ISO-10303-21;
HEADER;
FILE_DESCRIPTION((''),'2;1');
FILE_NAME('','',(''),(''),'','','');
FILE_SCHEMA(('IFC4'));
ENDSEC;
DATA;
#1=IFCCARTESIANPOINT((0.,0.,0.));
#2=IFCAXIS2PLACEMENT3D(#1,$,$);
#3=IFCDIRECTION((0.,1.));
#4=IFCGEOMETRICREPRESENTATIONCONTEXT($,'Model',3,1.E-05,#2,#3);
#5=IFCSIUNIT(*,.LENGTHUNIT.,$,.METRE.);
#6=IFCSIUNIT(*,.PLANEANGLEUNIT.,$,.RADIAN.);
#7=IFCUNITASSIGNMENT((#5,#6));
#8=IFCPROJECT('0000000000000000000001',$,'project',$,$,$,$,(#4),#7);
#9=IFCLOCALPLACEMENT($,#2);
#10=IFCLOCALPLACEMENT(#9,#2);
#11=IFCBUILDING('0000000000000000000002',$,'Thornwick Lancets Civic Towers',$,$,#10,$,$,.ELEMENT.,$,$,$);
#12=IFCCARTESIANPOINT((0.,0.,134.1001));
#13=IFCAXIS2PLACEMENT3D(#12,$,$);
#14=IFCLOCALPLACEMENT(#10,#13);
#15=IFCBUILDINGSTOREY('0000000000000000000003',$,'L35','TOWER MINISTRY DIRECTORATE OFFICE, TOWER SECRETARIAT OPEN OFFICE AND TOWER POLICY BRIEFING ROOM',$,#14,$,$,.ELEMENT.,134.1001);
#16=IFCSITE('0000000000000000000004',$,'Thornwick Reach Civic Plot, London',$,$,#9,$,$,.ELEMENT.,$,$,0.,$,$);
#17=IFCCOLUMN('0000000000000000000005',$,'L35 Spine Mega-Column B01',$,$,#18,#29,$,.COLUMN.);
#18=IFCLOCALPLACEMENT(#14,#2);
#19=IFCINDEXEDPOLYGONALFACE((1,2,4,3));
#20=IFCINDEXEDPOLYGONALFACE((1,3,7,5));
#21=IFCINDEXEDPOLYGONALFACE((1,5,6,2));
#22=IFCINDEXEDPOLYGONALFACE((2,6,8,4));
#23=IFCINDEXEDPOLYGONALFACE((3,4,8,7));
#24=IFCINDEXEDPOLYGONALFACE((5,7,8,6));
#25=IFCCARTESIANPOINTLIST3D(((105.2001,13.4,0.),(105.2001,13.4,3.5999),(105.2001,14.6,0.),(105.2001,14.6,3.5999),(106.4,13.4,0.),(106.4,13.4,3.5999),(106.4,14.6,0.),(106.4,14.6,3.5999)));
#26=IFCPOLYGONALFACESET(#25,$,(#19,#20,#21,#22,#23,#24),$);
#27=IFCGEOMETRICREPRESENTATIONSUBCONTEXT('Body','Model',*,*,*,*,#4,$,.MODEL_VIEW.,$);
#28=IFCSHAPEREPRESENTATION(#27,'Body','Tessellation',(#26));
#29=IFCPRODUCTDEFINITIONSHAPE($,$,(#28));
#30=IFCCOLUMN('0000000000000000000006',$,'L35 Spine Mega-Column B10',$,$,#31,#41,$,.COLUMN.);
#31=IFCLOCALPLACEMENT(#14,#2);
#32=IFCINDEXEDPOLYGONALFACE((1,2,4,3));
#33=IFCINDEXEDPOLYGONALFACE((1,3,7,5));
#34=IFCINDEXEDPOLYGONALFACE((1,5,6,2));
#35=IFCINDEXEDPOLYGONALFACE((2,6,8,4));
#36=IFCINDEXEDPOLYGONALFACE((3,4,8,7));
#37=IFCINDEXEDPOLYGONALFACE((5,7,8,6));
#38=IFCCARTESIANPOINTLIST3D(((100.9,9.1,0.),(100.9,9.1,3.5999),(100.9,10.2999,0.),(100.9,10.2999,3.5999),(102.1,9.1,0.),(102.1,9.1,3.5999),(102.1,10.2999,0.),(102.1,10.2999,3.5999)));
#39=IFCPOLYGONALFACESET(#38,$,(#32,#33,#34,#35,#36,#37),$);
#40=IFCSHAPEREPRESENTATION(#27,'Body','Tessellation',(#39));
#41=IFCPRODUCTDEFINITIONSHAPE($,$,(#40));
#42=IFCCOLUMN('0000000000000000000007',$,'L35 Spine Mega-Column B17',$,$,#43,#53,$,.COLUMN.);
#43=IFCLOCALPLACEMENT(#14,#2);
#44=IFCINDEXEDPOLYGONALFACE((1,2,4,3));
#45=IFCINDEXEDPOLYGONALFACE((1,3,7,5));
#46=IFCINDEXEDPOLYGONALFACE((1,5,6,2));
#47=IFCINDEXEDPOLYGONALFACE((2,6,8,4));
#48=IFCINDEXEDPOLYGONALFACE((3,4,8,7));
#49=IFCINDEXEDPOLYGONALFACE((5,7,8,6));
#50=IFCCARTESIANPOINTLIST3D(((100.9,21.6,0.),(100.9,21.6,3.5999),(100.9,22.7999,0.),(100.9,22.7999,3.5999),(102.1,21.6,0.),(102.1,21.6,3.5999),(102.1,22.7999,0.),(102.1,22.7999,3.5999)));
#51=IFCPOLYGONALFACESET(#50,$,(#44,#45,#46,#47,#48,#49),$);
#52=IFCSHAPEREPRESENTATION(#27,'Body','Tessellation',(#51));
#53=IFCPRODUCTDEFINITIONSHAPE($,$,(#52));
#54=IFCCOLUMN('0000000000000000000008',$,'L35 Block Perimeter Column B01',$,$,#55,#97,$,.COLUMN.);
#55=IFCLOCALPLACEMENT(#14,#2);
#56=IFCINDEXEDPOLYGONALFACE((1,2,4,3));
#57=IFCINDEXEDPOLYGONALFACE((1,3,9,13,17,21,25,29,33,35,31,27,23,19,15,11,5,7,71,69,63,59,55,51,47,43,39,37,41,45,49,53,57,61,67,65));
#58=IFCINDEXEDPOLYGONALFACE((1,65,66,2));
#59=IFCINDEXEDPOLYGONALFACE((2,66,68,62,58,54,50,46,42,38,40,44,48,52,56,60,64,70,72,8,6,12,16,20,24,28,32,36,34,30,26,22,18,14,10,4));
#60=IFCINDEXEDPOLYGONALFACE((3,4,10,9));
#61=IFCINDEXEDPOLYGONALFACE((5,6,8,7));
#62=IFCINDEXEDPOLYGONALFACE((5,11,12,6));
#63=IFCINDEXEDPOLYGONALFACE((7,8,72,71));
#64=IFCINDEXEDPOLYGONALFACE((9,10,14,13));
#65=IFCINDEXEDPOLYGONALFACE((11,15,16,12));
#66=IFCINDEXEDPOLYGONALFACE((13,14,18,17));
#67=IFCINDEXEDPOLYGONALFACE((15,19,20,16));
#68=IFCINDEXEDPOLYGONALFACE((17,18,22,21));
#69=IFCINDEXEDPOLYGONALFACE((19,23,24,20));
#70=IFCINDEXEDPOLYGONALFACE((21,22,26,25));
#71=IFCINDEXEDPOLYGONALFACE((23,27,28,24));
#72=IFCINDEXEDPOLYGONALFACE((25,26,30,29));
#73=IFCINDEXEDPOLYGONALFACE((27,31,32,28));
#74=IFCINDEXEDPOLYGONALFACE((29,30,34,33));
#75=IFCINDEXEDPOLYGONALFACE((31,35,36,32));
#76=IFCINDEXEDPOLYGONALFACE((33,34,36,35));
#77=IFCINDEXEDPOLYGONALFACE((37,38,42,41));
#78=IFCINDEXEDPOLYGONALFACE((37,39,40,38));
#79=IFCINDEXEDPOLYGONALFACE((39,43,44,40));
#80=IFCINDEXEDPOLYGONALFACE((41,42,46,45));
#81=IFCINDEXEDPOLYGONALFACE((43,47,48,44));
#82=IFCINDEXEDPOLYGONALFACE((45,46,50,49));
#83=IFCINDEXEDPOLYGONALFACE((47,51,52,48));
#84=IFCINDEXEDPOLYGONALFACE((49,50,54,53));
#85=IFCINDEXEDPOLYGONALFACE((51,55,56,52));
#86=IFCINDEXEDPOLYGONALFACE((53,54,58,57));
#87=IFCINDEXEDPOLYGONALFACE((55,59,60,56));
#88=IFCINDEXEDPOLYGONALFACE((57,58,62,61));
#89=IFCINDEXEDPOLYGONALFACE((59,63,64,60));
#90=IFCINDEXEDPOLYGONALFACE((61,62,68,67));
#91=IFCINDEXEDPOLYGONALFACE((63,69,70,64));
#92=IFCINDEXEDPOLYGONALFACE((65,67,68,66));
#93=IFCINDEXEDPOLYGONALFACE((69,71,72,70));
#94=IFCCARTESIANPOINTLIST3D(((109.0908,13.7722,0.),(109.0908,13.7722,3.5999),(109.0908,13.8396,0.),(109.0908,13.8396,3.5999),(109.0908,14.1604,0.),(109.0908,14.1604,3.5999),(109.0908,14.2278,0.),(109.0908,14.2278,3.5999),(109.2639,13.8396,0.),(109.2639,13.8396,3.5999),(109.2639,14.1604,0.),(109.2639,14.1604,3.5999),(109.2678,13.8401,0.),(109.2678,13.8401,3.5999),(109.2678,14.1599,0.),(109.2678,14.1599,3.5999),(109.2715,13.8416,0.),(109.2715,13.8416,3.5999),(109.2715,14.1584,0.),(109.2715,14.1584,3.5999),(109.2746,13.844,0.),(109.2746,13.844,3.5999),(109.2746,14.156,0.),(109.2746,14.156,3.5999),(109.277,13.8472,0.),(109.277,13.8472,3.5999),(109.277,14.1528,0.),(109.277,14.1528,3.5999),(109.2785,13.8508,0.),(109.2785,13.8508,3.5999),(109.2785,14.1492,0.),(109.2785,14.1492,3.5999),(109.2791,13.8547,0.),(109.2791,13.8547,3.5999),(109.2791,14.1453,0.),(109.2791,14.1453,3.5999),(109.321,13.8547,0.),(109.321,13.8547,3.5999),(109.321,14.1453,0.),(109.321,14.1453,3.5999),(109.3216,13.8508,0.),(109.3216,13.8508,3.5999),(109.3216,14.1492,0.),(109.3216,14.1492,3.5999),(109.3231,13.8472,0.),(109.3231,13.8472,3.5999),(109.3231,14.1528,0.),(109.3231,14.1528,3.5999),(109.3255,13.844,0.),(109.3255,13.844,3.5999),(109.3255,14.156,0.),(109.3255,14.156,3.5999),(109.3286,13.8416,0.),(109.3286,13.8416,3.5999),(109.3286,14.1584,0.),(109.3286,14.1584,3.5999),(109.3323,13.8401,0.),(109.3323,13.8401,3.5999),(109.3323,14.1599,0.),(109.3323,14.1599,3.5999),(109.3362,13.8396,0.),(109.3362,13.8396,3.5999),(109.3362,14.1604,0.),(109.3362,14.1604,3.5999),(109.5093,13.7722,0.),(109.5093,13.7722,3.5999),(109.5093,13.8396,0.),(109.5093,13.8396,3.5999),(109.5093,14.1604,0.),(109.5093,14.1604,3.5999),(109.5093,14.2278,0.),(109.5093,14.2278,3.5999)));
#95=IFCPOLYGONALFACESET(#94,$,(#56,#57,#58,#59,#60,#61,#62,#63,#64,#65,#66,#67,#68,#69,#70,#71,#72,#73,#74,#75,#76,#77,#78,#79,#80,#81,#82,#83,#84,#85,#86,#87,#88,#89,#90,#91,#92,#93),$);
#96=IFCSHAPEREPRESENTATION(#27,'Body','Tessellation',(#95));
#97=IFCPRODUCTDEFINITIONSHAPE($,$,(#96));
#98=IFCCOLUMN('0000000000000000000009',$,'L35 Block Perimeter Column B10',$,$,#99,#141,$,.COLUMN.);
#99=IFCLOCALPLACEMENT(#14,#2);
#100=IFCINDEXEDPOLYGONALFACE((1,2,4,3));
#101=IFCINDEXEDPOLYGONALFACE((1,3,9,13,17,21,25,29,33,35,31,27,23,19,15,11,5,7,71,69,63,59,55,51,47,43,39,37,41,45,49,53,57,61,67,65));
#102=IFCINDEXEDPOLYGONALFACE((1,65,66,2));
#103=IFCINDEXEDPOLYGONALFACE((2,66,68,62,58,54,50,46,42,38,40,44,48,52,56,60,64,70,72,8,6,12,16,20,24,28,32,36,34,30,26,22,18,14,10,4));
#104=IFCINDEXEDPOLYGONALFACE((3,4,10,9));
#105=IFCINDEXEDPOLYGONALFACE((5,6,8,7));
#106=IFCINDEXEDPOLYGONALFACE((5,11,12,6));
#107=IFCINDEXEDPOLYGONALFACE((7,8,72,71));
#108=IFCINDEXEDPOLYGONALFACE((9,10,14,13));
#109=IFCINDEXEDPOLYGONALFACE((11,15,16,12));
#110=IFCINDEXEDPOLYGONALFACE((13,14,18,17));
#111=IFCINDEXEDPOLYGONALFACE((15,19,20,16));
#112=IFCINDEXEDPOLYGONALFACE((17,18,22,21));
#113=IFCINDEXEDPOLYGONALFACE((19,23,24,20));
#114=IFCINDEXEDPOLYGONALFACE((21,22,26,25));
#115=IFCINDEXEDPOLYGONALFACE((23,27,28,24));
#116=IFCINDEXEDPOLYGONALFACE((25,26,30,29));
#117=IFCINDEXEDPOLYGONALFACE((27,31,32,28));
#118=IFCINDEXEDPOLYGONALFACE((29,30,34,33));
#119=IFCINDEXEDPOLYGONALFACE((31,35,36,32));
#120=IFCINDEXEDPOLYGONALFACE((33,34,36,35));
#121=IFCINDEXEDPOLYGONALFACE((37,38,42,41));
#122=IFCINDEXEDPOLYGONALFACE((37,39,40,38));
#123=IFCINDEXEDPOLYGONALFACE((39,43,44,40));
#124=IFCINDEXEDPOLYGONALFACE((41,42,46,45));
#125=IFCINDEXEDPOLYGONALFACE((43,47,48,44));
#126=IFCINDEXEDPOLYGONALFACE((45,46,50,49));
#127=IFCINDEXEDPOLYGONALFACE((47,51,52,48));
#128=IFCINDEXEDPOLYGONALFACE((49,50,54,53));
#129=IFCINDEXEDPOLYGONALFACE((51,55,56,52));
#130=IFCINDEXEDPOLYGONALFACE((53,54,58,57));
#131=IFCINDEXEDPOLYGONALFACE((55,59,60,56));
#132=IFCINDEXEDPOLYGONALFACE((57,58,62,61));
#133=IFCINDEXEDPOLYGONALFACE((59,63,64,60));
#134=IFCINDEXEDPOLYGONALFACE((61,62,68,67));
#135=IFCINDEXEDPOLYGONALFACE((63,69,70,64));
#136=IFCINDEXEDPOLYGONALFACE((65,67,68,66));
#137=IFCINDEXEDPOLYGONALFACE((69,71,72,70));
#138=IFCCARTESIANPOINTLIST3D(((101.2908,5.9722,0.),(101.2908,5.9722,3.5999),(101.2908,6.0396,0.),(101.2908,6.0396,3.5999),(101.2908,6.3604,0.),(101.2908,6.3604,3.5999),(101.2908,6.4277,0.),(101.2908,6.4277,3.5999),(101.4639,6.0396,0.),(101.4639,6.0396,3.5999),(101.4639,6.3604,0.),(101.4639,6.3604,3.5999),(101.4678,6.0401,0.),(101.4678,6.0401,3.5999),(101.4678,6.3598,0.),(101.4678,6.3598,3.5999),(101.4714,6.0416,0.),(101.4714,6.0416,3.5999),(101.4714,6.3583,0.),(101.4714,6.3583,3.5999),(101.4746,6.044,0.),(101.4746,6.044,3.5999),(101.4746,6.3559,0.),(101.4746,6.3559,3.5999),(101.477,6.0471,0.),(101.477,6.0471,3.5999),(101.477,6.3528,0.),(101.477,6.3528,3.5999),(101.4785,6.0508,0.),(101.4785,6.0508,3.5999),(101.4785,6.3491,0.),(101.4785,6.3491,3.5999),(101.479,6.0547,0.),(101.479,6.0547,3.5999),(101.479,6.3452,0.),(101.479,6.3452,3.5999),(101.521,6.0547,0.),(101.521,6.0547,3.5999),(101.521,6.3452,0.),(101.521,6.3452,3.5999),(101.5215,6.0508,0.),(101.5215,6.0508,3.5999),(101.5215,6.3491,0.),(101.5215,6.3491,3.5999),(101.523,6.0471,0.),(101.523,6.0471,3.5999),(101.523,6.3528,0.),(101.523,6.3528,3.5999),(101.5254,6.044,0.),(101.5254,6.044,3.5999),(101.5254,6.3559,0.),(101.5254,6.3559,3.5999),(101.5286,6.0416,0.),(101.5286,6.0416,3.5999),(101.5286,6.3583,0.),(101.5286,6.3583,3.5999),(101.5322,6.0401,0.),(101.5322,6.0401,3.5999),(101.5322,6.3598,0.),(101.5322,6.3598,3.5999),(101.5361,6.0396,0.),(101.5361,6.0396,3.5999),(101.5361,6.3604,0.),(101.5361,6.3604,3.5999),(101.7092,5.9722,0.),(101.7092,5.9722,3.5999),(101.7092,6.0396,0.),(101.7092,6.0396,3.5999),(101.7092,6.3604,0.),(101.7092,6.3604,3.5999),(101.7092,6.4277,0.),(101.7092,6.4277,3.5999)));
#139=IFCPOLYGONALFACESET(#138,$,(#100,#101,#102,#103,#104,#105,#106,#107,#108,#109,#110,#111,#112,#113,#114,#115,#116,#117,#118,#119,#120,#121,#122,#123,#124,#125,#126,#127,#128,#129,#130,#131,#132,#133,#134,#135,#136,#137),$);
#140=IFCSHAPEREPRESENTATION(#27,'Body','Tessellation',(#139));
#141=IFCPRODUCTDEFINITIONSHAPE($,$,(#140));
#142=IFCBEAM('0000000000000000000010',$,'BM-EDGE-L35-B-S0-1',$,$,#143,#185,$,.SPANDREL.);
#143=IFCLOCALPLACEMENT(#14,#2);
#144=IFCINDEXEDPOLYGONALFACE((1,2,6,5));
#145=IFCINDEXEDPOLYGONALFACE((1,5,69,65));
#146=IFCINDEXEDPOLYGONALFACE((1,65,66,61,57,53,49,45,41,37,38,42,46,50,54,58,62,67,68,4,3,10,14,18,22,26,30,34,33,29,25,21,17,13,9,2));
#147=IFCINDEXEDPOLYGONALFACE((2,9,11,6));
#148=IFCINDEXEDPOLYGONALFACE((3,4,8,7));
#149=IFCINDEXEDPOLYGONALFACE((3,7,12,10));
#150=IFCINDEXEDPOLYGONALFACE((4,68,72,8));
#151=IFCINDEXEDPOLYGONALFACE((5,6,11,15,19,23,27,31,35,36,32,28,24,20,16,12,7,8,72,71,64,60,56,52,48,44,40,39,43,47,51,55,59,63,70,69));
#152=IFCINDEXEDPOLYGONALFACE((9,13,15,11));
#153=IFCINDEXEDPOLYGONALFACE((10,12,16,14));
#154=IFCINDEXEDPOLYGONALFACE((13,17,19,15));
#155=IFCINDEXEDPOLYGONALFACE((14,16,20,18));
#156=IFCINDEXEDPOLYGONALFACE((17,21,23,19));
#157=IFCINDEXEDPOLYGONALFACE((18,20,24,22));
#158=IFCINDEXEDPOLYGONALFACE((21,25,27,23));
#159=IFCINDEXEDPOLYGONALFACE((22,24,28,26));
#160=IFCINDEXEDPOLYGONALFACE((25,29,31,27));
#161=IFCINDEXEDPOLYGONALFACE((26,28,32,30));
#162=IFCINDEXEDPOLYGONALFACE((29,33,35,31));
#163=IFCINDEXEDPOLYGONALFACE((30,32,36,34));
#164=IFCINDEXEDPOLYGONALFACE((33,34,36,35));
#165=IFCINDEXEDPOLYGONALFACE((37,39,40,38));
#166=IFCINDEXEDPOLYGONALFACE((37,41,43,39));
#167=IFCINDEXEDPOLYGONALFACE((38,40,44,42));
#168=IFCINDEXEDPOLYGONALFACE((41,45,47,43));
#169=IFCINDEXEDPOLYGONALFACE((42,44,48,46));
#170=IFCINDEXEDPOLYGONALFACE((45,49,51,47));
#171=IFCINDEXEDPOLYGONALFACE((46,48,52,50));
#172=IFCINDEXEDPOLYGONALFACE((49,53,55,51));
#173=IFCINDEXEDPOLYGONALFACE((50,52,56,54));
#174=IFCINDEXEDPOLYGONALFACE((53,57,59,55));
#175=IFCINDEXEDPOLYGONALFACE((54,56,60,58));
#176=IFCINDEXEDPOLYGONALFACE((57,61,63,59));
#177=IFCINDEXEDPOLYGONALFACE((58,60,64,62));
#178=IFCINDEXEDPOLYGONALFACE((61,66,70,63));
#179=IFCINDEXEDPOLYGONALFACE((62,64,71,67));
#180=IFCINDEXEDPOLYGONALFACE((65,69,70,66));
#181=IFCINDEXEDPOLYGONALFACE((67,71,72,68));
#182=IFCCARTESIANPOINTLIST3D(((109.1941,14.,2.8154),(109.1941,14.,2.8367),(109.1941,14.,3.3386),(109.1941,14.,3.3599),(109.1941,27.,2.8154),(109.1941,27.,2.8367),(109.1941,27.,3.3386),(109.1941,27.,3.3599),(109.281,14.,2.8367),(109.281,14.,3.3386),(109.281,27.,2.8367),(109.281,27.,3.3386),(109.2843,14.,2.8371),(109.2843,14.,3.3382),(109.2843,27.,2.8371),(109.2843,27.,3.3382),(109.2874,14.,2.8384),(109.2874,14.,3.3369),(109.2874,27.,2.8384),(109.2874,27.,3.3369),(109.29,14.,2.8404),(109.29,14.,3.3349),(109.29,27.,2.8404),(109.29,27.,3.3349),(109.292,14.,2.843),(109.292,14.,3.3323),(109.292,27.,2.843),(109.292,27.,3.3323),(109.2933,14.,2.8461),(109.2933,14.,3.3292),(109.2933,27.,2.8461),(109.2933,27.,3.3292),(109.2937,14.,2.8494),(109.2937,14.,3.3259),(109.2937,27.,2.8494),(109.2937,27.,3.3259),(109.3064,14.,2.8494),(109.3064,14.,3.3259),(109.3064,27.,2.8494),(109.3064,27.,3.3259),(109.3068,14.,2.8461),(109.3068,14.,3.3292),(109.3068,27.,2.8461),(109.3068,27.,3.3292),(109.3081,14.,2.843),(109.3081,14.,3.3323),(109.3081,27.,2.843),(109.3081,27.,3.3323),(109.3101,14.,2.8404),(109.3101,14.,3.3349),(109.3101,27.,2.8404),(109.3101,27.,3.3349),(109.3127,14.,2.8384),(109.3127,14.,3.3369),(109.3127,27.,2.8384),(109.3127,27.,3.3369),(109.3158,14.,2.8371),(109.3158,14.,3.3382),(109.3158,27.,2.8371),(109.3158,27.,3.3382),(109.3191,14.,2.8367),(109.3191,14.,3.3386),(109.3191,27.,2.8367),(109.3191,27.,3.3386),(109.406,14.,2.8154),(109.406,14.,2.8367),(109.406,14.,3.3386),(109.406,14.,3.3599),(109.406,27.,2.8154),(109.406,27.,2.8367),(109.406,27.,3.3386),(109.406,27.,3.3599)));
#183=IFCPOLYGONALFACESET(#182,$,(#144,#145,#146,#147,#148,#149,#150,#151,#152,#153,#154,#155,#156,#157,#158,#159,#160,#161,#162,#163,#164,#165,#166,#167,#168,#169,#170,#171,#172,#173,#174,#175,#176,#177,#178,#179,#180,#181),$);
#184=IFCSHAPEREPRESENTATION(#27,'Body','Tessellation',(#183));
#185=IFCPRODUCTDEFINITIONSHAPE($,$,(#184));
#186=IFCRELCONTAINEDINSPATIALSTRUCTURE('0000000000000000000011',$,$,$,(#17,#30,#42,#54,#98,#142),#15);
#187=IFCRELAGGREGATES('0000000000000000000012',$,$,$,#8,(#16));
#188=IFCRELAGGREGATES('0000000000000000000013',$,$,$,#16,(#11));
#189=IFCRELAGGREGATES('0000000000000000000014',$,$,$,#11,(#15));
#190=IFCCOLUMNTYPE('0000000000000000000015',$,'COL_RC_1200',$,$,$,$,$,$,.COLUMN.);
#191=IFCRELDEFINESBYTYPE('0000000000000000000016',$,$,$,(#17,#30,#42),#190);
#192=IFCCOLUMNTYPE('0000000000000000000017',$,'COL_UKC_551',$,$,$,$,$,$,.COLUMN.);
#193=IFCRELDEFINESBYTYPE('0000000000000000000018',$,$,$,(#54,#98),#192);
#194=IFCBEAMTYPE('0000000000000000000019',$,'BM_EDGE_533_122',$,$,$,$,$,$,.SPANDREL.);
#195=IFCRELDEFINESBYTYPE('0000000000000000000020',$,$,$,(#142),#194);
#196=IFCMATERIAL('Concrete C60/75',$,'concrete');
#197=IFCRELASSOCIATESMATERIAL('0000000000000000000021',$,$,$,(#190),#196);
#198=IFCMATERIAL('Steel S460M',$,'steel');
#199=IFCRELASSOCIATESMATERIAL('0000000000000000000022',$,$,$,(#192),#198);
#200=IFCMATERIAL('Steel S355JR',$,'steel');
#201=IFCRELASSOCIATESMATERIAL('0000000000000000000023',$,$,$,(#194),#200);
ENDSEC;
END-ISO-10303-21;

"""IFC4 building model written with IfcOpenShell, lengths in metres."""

from ifc_helpers import new_model, si_unit, direction, frame, origin, origin_2d, place, context, subcontext, project, spatial, rectangle, i_section, extrude, material, material_profile, profile_set, type_object, element, save


model = new_model("IFC4")

# Units and contexts
model_context = context("Model", 3, precision=1e-05, world=origin(), true_north=direction((0.0, 1.0)))
body_context = subcontext(model_context, "Body", "Model", "MODEL_VIEW")
ifc_project = project(units=[si_unit("LENGTHUNIT", "METRE"), si_unit("PLANEANGLEUNIT", "RADIAN")], contexts=[model_context])

# Site, building, storey
site_placement = place(None, origin())
site = spatial("IfcSite", under=ifc_project, at=site_placement, Name="Thornwick Reach Civic Plot, London", CompositionType="ELEMENT", RefElevation=0.0)
building_placement = place(site_placement, origin())
building = spatial("IfcBuilding", under=site, at=building_placement, Name="Thornwick Lancets Civic Towers", CompositionType="ELEMENT")
storey_placement = place(building_placement, frame((0.0, 0.0, 134.1001)))
storey = spatial("IfcBuildingStorey", under=building, at=storey_placement, Name="L35", Description="TOWER MINISTRY DIRECTORATE OFFICE, TOWER SECRETARIAT OPEN OFFICE AND TOWER POLICY BRIEFING ROOM", CompositionType="ELEMENT", Elevation=134.1001)

# Columns
ifc_material_1 = material(Name="Concrete C60/75", Category="concrete")
ifc_material_profile_1 = material_profile(ifc_material_1, rectangle(XDim=1.2, YDim=1.2, at=origin_2d()), Name="RC 1200x1200")
ifc_profile_set_1 = profile_set([ifc_material_profile_1], Name="Concrete C60/75")
column_type_1 = type_object("IfcColumnType", Name="COL_RC_1200", PredefinedType="COLUMN", material=ifc_profile_set_1)
for number, where, z_axis, x_axis, name in (
    (1, (105.8, 14.0, 0.0), (0.0, 0.0, 1.0), (1.0, 0.0, 0.0), "L35 Spine Mega-Column B01"),
    (2, (101.5, 9.7, 0.0), (0.0, 0.0, 1.0), (1.0, 0.0, 0.0), "L35 Spine Mega-Column B10"),
    (3, (101.5, 22.2, 0.0), (0.0, 0.0, 1.0), (1.0, 0.0, 0.0), "L35 Spine Mega-Column B17"),
):
    element("IfcColumn", number, at=place(storey_placement, frame(where, z_axis=z_axis, x_axis=x_axis)), inside=storey, type_object=column_type_1, Name=name, PredefinedType="COLUMN", context=body_context, shape_type="SweptSolid", body=[
        extrude(rectangle(XDim=1.2, YDim=1.2, at=origin_2d()), origin(), (0.0, 0.0, 1.0), 3.5999),
    ])
ifc_material_2 = material(Name="Steel S460M", Category="steel")
ifc_material_profile_2 = material_profile(ifc_material_2, i_section(OverallWidth=0.4185, OverallDepth=0.4556, WebThickness=0.042, FlangeThickness=0.0674, FilletRadius=0.0151, at=origin_2d()), Name="UKC 356x406x551")
ifc_profile_set_2 = profile_set([ifc_material_profile_2], Name="Steel S460M")
column_type_2 = type_object("IfcColumnType", Name="COL_UKC_551", PredefinedType="COLUMN", material=ifc_profile_set_2)
for number, where, z_axis, x_axis, name in (
    (4, (109.3, 14.0, 0.0), (0.0, 0.0, 1.0), (1.0, 0.0, 0.0), "L35 Block Perimeter Column B01"),
    (5, (101.5, 6.2, 0.0), (0.0, 0.0, 1.0), (1.0, 0.0, 0.0), "L35 Block Perimeter Column B10"),
):
    element("IfcColumn", number, at=place(storey_placement, frame(where, z_axis=z_axis, x_axis=x_axis)), inside=storey, type_object=column_type_2, Name=name, PredefinedType="COLUMN", context=body_context, shape_type="SweptSolid", body=[
        extrude(i_section(OverallWidth=0.4185, OverallDepth=0.4556, WebThickness=0.042, FlangeThickness=0.0674, FilletRadius=0.0151, at=origin_2d()), origin(), (0.0, 0.0, 1.0), 3.5999),
    ])

# Beam
ifc_material_3 = material(Name="Steel S355JR", Category="steel")
ifc_material_profile_3 = material_profile(ifc_material_3, i_section(OverallWidth=0.2119, OverallDepth=0.5444, WebThickness=0.0127, FlangeThickness=0.0212, FilletRadius=0.0127, at=origin_2d()), Name="UKB 533x210x122")
ifc_profile_set_3 = profile_set([ifc_material_profile_3], Name="Steel S355JR")
beam_type_1 = type_object("IfcBeamType", Name="BM_EDGE_533_122", PredefinedType="SPANDREL", material=ifc_profile_set_3)
for number, where, z_axis, x_axis, name in (
    (6, (109.3, 14.0, 3.0876), (0.0, 1.0, 0.0), (-1.0, 0.0, 0.0), "BM-EDGE-L35-B-S0-1"),
):
    element("IfcBeam", number, at=place(storey_placement, frame(where, z_axis=z_axis, x_axis=x_axis)), inside=storey, type_object=beam_type_1, Name=name, PredefinedType="SPANDREL", context=body_context, shape_type="SweptSolid", body=[
        extrude(i_section(OverallWidth=0.2119, OverallDepth=0.5444, WebThickness=0.0127, FlangeThickness=0.0212, FilletRadius=0.0127, at=origin_2d()), origin(), (0.0, 0.0, 1.0), 13.0),
    ])

save(model, "model.ifc")
